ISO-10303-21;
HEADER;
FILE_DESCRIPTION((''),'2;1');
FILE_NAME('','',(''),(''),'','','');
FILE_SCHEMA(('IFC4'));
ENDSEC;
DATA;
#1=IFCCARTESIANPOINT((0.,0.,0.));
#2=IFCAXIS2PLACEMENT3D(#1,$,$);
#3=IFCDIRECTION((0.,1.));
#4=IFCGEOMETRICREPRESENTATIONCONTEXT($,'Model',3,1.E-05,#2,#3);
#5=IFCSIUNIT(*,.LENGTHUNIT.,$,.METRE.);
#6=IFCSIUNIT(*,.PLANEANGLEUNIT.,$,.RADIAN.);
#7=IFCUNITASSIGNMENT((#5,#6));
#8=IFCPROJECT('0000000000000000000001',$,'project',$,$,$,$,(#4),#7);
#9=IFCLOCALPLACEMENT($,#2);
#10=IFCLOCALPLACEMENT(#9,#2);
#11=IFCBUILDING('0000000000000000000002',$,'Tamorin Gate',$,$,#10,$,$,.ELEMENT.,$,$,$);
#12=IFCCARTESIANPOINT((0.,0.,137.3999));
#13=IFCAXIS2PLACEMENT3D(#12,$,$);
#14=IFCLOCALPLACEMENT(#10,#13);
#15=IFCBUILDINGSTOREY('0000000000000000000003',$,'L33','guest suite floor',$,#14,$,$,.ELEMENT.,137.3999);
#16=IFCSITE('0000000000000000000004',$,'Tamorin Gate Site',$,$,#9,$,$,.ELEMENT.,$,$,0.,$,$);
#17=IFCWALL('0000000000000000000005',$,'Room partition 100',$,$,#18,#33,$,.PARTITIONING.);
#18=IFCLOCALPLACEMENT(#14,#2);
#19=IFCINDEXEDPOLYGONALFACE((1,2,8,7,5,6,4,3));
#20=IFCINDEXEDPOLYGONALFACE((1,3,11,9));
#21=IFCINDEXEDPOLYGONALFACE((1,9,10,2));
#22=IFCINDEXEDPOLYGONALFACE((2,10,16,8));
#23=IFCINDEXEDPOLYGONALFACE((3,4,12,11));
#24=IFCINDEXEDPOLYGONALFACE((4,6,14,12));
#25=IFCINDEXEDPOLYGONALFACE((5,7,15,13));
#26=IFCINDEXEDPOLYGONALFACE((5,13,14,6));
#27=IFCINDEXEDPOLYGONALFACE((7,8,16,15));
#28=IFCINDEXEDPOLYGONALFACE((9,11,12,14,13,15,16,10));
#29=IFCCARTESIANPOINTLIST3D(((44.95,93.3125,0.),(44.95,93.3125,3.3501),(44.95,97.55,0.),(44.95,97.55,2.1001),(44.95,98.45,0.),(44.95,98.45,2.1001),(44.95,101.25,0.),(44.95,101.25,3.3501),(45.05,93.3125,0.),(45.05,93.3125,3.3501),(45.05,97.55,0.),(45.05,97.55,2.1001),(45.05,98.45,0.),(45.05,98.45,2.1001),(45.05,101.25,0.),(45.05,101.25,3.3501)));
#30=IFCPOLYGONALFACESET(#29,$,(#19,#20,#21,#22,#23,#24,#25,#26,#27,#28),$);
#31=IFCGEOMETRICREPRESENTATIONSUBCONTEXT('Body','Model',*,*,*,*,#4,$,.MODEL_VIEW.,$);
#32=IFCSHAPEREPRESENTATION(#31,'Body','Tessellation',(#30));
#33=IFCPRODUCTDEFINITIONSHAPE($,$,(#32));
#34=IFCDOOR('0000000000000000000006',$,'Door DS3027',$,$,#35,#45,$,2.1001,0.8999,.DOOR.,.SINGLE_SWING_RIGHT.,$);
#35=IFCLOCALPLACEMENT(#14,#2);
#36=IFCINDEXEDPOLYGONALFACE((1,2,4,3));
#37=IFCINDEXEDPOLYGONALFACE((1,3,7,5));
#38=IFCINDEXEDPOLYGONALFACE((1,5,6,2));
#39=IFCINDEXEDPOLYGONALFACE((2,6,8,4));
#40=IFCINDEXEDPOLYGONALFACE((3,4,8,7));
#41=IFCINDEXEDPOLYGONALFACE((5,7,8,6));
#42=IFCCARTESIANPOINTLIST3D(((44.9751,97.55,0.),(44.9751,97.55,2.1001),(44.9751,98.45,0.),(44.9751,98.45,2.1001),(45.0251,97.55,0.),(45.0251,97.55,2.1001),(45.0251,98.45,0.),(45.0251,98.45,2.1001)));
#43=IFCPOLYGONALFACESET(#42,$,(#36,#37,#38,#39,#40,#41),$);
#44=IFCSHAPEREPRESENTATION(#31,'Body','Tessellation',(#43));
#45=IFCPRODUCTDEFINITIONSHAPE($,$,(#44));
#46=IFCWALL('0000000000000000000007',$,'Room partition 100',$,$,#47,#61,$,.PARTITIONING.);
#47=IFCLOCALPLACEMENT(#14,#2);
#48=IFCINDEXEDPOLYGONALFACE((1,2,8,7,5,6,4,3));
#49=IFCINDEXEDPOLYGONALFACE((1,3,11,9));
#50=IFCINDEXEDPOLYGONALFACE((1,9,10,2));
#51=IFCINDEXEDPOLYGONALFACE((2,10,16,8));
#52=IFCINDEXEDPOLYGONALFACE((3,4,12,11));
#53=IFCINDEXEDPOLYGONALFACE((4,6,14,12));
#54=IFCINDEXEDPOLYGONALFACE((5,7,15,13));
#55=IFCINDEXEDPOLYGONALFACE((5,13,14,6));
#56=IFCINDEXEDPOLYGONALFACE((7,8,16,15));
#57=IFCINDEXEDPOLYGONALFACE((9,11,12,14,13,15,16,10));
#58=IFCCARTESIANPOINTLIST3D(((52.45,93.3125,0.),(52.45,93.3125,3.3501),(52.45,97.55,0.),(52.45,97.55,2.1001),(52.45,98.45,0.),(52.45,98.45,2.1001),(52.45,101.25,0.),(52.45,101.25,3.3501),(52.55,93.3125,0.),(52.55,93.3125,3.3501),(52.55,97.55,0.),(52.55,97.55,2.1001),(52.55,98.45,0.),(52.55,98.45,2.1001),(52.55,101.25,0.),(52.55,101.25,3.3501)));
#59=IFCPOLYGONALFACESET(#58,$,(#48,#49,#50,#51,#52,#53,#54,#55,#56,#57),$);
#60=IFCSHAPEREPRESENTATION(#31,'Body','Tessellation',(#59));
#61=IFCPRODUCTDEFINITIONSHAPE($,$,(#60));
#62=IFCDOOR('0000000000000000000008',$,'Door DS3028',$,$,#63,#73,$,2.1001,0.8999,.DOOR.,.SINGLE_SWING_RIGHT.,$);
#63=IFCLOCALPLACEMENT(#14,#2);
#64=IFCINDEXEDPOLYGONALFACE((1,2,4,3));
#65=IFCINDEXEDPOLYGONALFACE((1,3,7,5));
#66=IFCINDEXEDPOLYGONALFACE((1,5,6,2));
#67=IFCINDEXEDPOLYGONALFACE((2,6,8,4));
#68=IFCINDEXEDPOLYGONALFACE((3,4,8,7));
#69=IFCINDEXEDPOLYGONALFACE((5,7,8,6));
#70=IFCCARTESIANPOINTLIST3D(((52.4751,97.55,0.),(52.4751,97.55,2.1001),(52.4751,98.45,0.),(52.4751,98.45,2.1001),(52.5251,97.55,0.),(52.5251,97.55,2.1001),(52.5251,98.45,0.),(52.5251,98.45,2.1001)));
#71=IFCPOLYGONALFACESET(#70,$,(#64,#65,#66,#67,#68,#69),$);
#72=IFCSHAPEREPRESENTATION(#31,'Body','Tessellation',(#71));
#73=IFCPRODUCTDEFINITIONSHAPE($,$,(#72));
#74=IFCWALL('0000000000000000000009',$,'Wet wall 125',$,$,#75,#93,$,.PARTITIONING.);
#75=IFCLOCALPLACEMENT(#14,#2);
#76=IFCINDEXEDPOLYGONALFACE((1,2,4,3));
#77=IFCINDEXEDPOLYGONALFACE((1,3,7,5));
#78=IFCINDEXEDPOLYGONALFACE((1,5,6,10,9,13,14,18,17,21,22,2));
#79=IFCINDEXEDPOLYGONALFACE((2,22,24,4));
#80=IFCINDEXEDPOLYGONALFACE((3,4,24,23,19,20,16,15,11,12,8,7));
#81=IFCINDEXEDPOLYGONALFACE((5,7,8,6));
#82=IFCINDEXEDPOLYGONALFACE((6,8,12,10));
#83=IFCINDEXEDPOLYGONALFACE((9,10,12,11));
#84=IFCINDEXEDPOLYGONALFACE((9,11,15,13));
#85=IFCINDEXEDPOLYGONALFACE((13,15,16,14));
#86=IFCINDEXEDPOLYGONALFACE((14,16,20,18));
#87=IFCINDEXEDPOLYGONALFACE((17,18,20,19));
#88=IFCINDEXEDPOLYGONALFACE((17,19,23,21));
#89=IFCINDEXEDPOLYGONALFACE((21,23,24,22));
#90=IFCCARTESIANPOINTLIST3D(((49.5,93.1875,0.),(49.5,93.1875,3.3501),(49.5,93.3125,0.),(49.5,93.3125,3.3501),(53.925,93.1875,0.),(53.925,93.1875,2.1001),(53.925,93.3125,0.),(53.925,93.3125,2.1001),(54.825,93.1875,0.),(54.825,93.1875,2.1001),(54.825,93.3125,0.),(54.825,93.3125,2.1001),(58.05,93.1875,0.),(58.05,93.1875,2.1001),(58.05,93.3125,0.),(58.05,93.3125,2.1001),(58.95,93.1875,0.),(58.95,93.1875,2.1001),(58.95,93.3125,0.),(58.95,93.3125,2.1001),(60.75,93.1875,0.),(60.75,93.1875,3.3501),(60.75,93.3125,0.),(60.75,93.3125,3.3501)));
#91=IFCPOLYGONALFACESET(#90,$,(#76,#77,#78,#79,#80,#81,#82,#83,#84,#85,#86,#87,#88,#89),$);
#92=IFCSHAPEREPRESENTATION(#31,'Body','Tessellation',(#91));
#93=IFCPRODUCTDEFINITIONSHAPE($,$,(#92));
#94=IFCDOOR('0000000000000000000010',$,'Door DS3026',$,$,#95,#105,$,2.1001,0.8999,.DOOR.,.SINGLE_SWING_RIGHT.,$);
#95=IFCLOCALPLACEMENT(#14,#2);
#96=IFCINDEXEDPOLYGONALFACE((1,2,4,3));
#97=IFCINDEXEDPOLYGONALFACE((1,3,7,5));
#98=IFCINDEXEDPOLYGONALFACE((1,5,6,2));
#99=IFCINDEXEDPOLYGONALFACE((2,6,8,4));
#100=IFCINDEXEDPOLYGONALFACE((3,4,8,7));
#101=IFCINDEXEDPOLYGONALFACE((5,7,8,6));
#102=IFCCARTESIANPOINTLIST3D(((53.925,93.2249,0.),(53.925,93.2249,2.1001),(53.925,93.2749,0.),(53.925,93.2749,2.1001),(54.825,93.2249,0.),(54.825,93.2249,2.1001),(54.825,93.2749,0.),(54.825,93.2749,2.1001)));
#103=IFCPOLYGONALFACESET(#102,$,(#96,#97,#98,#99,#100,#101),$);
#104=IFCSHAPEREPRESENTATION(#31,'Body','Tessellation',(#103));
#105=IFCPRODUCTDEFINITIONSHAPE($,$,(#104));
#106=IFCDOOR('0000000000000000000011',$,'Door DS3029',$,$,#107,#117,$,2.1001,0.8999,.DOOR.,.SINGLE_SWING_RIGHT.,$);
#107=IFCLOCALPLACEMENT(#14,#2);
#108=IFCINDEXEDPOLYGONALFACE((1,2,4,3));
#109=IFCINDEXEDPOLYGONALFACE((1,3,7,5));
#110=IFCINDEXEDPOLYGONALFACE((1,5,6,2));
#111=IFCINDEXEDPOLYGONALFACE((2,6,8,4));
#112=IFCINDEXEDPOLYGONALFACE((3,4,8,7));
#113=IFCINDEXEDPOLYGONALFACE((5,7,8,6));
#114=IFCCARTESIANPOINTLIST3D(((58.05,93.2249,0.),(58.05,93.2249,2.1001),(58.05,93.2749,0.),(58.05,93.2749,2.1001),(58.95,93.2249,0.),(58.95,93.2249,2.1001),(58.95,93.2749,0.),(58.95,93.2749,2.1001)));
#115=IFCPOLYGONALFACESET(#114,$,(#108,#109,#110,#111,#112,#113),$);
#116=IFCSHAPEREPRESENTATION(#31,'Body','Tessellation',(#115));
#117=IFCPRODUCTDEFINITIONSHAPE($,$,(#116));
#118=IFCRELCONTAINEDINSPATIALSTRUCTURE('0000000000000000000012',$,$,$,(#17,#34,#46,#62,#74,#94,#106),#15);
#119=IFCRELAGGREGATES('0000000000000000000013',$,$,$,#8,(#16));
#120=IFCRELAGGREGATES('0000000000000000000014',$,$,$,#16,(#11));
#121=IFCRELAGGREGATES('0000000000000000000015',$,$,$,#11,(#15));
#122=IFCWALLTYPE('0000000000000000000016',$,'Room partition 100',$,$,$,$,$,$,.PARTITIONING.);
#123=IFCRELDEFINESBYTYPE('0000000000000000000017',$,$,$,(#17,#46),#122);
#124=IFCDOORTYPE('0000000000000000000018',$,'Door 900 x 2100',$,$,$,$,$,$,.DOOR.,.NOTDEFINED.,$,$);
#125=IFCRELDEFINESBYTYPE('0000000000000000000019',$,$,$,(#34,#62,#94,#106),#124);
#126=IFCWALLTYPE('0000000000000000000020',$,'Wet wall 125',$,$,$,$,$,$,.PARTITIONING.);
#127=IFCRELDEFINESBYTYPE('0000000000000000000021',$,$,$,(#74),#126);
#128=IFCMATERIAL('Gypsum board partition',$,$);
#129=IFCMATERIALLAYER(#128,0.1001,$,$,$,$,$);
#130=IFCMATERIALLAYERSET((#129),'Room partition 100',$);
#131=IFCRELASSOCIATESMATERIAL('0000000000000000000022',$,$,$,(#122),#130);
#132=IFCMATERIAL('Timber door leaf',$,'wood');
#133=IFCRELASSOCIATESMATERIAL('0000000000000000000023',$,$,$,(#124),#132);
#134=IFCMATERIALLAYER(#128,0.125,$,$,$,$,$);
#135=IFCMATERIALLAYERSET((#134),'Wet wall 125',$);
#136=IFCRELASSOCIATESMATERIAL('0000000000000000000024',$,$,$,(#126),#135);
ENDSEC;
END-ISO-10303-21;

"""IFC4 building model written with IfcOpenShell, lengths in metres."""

from ifc_helpers import new_model, si_unit, direction, frame, frame_2d, origin, place, context, subcontext, project, spatial, rectangle, extrude, material, layer, layer_set, type_object, element, fill, save


model = new_model("IFC4")

# Units and contexts
model_context = context("Model", 3, precision=1e-05, world=origin(), true_north=direction((0.0, 1.0)))
body_context = subcontext(model_context, "Body", "Model", "MODEL_VIEW")
ifc_project = project(units=[si_unit("LENGTHUNIT", "METRE"), si_unit("PLANEANGLEUNIT", "RADIAN")], contexts=[model_context])

# Site, building, storey
site_placement = place(None, origin())
site = spatial("IfcSite", under=ifc_project, at=site_placement, Name="Tamorin Gate Site", CompositionType="ELEMENT", RefElevation=0.0)
building_placement = place(site_placement, origin())
building = spatial("IfcBuilding", under=site, at=building_placement, Name="Tamorin Gate", CompositionType="ELEMENT")
storey_placement = place(building_placement, frame((0.0, 0.0, 137.3999)))
storey = spatial("IfcBuildingStorey", under=building, at=storey_placement, Name="L33", Description="guest suite floor", CompositionType="ELEMENT", Elevation=137.3999)

# Walls, openings, doors
ifc_material_1 = material(Name="Gypsum board partition")
ifc_layer_1 = layer(ifc_material_1, 0.1001)
ifc_layer_set_1 = layer_set([ifc_layer_1], Name="Room partition 100")
wall_type_1 = type_object("IfcWallType", Name="Room partition 100", PredefinedType="PARTITIONING", material=ifc_layer_set_1)
wall_1_placement = place(storey_placement, frame((45.0, 93.3125, 0.0), z_axis=(0.0, 0.0, 1.0), x_axis=(0.0, 1.0, 0.0)))
wall_1 = element("IfcWall", 1, at=wall_1_placement, inside=storey, type_object=wall_type_1, Name="Room partition 100", PredefinedType="PARTITIONING", context=body_context, shape_type="SweptSolid", body=[
    extrude(rectangle(XDim=7.9375, YDim=0.1001, at=frame_2d((3.9688, 0.0))), origin(), (0.0, 0.0, 1.0), 3.3501),
])
opening_1_placement = place(wall_1_placement, frame((4.2375, 0.0, 0.0)))
opening_1 = element("IfcOpeningElement", 2, at=opening_1_placement, cuts=wall_1, PredefinedType="OPENING", context=body_context, shape_type="SweptSolid", body=[
    extrude(rectangle(XDim=0.8999, YDim=2.1001, at=frame_2d((0.45, 1.05))), frame((0.0, 0.0601, 0.0), z_axis=(0.0, -1.0, 0.0), x_axis=(1.0, 0.0, 0.0)), (0.0, 0.0, 1.0), 0.1201),
])
ifc_material_2 = material(Name="Timber door leaf", Category="wood")
door_type = type_object("IfcDoorType", Name="Door 900 x 2100", OperationType="NOTDEFINED", PredefinedType="DOOR", material=ifc_material_2)
door_1_placement = place(opening_1_placement, origin())
door_1 = element("IfcDoor", 3, at=door_1_placement, inside=storey, type_object=door_type, Name="Door DS3027", OperationType="SINGLE_SWING_RIGHT", OverallHeight=2.1001, OverallWidth=0.8999, PredefinedType="DOOR", context=body_context, shape_type="SweptSolid", body=[
    extrude(rectangle(XDim=0.8999, YDim=2.1001, at=frame_2d((0.45, 1.05))), frame((0.0, 0.0249, 0.0), z_axis=(0.0, -1.0, 0.0), x_axis=(1.0, 0.0, 0.0)), (0.0, 0.0, 1.0), 0.05),
])
fill(opening_1, door_1)
wall_2_placement = place(storey_placement, frame((52.5, 93.3125, 0.0), z_axis=(0.0, 0.0, 1.0), x_axis=(0.0, 1.0, 0.0)))
wall_2 = element("IfcWall", 4, at=wall_2_placement, inside=storey, type_object=wall_type_1, Name="Room partition 100", PredefinedType="PARTITIONING", context=body_context, shape_type="SweptSolid", body=[
    extrude(rectangle(XDim=7.9375, YDim=0.1001, at=frame_2d((3.9688, 0.0))), origin(), (0.0, 0.0, 1.0), 3.3501),
])
opening_2_placement = place(wall_2_placement, frame((4.2375, 0.0, 0.0)))
opening_2 = element("IfcOpeningElement", 5, at=opening_2_placement, cuts=wall_2, PredefinedType="OPENING", context=body_context, shape_type="SweptSolid", body=[
    extrude(rectangle(XDim=0.8999, YDim=2.1001, at=frame_2d((0.45, 1.05))), frame((0.0, 0.0601, 0.0), z_axis=(0.0, -1.0, 0.0), x_axis=(1.0, 0.0, 0.0)), (0.0, 0.0, 1.0), 0.1201),
])
door_2_placement = place(opening_2_placement, origin())
door_2 = element("IfcDoor", 6, at=door_2_placement, inside=storey, type_object=door_type, Name="Door DS3028", OperationType="SINGLE_SWING_RIGHT", OverallHeight=2.1001, OverallWidth=0.8999, PredefinedType="DOOR", context=body_context, shape_type="SweptSolid", body=[
    extrude(rectangle(XDim=0.8999, YDim=2.1001, at=frame_2d((0.45, 1.05))), frame((0.0, 0.0249, 0.0), z_axis=(0.0, -1.0, 0.0), x_axis=(1.0, 0.0, 0.0)), (0.0, 0.0, 1.0), 0.05),
])
fill(opening_2, door_2)

# Wall, openings, doors
ifc_layer_2 = layer(ifc_material_1, 0.125)
ifc_layer_set_2 = layer_set([ifc_layer_2], Name="Wet wall 125")
wall_type_2 = type_object("IfcWallType", Name="Wet wall 125", PredefinedType="PARTITIONING", material=ifc_layer_set_2)
wall_3_placement = place(storey_placement, frame((49.5, 93.25, 0.0), z_axis=(0.0, 0.0, 1.0), x_axis=(1.0, 0.0, 0.0)))
wall_3 = element("IfcWall", 7, at=wall_3_placement, inside=storey, type_object=wall_type_2, Name="Wet wall 125", PredefinedType="PARTITIONING", context=body_context, shape_type="SweptSolid", body=[
    extrude(rectangle(XDim=11.25, YDim=0.125, at=frame_2d((5.625, 0.0))), origin(), (0.0, 0.0, 1.0), 3.3501),
])
opening_3_placement = place(wall_3_placement, frame((4.425, 0.0, 0.0)))
opening_3 = element("IfcOpeningElement", 8, at=opening_3_placement, cuts=wall_3, PredefinedType="OPENING", context=body_context, shape_type="SweptSolid", body=[
    extrude(rectangle(XDim=0.8999, YDim=2.1001, at=frame_2d((0.45, 1.05))), frame((0.0, 0.0725, 0.0), z_axis=(0.0, -1.0, 0.0), x_axis=(1.0, 0.0, 0.0)), (0.0, 0.0, 1.0), 0.145),
])
opening_4_placement = place(wall_3_placement, frame((8.55, 0.0, 0.0)))
opening_4 = element("IfcOpeningElement", 9, at=opening_4_placement, cuts=wall_3, PredefinedType="OPENING", context=body_context, shape_type="SweptSolid", body=[
    extrude(rectangle(XDim=0.8999, YDim=2.1001, at=frame_2d((0.45, 1.05))), frame((0.0, 0.0725, 0.0), z_axis=(0.0, -1.0, 0.0), x_axis=(1.0, 0.0, 0.0)), (0.0, 0.0, 1.0), 0.145),
])
door_3_placement = place(opening_3_placement, origin())
door_3 = element("IfcDoor", 10, at=door_3_placement, inside=storey, type_object=door_type, Name="Door DS3026", OperationType="SINGLE_SWING_RIGHT", OverallHeight=2.1001, OverallWidth=0.8999, PredefinedType="DOOR", context=body_context, shape_type="SweptSolid", body=[
    extrude(rectangle(XDim=0.8999, YDim=2.1001, at=frame_2d((0.45, 1.05))), frame((0.0, 0.0249, 0.0), z_axis=(0.0, -1.0, 0.0), x_axis=(1.0, 0.0, 0.0)), (0.0, 0.0, 1.0), 0.05),
])
fill(opening_3, door_3)
door_4_placement = place(opening_4_placement, origin())
door_4 = element("IfcDoor", 11, at=door_4_placement, inside=storey, type_object=door_type, Name="Door DS3029", OperationType="SINGLE_SWING_RIGHT", OverallHeight=2.1001, OverallWidth=0.8999, PredefinedType="DOOR", context=body_context, shape_type="SweptSolid", body=[
    extrude(rectangle(XDim=0.8999, YDim=2.1001, at=frame_2d((0.45, 1.05))), frame((0.0, 0.0249, 0.0), z_axis=(0.0, -1.0, 0.0), x_axis=(1.0, 0.0, 0.0)), (0.0, 0.0, 1.0), 0.05),
])
fill(opening_4, door_4)

save(model, "model.ifc")
